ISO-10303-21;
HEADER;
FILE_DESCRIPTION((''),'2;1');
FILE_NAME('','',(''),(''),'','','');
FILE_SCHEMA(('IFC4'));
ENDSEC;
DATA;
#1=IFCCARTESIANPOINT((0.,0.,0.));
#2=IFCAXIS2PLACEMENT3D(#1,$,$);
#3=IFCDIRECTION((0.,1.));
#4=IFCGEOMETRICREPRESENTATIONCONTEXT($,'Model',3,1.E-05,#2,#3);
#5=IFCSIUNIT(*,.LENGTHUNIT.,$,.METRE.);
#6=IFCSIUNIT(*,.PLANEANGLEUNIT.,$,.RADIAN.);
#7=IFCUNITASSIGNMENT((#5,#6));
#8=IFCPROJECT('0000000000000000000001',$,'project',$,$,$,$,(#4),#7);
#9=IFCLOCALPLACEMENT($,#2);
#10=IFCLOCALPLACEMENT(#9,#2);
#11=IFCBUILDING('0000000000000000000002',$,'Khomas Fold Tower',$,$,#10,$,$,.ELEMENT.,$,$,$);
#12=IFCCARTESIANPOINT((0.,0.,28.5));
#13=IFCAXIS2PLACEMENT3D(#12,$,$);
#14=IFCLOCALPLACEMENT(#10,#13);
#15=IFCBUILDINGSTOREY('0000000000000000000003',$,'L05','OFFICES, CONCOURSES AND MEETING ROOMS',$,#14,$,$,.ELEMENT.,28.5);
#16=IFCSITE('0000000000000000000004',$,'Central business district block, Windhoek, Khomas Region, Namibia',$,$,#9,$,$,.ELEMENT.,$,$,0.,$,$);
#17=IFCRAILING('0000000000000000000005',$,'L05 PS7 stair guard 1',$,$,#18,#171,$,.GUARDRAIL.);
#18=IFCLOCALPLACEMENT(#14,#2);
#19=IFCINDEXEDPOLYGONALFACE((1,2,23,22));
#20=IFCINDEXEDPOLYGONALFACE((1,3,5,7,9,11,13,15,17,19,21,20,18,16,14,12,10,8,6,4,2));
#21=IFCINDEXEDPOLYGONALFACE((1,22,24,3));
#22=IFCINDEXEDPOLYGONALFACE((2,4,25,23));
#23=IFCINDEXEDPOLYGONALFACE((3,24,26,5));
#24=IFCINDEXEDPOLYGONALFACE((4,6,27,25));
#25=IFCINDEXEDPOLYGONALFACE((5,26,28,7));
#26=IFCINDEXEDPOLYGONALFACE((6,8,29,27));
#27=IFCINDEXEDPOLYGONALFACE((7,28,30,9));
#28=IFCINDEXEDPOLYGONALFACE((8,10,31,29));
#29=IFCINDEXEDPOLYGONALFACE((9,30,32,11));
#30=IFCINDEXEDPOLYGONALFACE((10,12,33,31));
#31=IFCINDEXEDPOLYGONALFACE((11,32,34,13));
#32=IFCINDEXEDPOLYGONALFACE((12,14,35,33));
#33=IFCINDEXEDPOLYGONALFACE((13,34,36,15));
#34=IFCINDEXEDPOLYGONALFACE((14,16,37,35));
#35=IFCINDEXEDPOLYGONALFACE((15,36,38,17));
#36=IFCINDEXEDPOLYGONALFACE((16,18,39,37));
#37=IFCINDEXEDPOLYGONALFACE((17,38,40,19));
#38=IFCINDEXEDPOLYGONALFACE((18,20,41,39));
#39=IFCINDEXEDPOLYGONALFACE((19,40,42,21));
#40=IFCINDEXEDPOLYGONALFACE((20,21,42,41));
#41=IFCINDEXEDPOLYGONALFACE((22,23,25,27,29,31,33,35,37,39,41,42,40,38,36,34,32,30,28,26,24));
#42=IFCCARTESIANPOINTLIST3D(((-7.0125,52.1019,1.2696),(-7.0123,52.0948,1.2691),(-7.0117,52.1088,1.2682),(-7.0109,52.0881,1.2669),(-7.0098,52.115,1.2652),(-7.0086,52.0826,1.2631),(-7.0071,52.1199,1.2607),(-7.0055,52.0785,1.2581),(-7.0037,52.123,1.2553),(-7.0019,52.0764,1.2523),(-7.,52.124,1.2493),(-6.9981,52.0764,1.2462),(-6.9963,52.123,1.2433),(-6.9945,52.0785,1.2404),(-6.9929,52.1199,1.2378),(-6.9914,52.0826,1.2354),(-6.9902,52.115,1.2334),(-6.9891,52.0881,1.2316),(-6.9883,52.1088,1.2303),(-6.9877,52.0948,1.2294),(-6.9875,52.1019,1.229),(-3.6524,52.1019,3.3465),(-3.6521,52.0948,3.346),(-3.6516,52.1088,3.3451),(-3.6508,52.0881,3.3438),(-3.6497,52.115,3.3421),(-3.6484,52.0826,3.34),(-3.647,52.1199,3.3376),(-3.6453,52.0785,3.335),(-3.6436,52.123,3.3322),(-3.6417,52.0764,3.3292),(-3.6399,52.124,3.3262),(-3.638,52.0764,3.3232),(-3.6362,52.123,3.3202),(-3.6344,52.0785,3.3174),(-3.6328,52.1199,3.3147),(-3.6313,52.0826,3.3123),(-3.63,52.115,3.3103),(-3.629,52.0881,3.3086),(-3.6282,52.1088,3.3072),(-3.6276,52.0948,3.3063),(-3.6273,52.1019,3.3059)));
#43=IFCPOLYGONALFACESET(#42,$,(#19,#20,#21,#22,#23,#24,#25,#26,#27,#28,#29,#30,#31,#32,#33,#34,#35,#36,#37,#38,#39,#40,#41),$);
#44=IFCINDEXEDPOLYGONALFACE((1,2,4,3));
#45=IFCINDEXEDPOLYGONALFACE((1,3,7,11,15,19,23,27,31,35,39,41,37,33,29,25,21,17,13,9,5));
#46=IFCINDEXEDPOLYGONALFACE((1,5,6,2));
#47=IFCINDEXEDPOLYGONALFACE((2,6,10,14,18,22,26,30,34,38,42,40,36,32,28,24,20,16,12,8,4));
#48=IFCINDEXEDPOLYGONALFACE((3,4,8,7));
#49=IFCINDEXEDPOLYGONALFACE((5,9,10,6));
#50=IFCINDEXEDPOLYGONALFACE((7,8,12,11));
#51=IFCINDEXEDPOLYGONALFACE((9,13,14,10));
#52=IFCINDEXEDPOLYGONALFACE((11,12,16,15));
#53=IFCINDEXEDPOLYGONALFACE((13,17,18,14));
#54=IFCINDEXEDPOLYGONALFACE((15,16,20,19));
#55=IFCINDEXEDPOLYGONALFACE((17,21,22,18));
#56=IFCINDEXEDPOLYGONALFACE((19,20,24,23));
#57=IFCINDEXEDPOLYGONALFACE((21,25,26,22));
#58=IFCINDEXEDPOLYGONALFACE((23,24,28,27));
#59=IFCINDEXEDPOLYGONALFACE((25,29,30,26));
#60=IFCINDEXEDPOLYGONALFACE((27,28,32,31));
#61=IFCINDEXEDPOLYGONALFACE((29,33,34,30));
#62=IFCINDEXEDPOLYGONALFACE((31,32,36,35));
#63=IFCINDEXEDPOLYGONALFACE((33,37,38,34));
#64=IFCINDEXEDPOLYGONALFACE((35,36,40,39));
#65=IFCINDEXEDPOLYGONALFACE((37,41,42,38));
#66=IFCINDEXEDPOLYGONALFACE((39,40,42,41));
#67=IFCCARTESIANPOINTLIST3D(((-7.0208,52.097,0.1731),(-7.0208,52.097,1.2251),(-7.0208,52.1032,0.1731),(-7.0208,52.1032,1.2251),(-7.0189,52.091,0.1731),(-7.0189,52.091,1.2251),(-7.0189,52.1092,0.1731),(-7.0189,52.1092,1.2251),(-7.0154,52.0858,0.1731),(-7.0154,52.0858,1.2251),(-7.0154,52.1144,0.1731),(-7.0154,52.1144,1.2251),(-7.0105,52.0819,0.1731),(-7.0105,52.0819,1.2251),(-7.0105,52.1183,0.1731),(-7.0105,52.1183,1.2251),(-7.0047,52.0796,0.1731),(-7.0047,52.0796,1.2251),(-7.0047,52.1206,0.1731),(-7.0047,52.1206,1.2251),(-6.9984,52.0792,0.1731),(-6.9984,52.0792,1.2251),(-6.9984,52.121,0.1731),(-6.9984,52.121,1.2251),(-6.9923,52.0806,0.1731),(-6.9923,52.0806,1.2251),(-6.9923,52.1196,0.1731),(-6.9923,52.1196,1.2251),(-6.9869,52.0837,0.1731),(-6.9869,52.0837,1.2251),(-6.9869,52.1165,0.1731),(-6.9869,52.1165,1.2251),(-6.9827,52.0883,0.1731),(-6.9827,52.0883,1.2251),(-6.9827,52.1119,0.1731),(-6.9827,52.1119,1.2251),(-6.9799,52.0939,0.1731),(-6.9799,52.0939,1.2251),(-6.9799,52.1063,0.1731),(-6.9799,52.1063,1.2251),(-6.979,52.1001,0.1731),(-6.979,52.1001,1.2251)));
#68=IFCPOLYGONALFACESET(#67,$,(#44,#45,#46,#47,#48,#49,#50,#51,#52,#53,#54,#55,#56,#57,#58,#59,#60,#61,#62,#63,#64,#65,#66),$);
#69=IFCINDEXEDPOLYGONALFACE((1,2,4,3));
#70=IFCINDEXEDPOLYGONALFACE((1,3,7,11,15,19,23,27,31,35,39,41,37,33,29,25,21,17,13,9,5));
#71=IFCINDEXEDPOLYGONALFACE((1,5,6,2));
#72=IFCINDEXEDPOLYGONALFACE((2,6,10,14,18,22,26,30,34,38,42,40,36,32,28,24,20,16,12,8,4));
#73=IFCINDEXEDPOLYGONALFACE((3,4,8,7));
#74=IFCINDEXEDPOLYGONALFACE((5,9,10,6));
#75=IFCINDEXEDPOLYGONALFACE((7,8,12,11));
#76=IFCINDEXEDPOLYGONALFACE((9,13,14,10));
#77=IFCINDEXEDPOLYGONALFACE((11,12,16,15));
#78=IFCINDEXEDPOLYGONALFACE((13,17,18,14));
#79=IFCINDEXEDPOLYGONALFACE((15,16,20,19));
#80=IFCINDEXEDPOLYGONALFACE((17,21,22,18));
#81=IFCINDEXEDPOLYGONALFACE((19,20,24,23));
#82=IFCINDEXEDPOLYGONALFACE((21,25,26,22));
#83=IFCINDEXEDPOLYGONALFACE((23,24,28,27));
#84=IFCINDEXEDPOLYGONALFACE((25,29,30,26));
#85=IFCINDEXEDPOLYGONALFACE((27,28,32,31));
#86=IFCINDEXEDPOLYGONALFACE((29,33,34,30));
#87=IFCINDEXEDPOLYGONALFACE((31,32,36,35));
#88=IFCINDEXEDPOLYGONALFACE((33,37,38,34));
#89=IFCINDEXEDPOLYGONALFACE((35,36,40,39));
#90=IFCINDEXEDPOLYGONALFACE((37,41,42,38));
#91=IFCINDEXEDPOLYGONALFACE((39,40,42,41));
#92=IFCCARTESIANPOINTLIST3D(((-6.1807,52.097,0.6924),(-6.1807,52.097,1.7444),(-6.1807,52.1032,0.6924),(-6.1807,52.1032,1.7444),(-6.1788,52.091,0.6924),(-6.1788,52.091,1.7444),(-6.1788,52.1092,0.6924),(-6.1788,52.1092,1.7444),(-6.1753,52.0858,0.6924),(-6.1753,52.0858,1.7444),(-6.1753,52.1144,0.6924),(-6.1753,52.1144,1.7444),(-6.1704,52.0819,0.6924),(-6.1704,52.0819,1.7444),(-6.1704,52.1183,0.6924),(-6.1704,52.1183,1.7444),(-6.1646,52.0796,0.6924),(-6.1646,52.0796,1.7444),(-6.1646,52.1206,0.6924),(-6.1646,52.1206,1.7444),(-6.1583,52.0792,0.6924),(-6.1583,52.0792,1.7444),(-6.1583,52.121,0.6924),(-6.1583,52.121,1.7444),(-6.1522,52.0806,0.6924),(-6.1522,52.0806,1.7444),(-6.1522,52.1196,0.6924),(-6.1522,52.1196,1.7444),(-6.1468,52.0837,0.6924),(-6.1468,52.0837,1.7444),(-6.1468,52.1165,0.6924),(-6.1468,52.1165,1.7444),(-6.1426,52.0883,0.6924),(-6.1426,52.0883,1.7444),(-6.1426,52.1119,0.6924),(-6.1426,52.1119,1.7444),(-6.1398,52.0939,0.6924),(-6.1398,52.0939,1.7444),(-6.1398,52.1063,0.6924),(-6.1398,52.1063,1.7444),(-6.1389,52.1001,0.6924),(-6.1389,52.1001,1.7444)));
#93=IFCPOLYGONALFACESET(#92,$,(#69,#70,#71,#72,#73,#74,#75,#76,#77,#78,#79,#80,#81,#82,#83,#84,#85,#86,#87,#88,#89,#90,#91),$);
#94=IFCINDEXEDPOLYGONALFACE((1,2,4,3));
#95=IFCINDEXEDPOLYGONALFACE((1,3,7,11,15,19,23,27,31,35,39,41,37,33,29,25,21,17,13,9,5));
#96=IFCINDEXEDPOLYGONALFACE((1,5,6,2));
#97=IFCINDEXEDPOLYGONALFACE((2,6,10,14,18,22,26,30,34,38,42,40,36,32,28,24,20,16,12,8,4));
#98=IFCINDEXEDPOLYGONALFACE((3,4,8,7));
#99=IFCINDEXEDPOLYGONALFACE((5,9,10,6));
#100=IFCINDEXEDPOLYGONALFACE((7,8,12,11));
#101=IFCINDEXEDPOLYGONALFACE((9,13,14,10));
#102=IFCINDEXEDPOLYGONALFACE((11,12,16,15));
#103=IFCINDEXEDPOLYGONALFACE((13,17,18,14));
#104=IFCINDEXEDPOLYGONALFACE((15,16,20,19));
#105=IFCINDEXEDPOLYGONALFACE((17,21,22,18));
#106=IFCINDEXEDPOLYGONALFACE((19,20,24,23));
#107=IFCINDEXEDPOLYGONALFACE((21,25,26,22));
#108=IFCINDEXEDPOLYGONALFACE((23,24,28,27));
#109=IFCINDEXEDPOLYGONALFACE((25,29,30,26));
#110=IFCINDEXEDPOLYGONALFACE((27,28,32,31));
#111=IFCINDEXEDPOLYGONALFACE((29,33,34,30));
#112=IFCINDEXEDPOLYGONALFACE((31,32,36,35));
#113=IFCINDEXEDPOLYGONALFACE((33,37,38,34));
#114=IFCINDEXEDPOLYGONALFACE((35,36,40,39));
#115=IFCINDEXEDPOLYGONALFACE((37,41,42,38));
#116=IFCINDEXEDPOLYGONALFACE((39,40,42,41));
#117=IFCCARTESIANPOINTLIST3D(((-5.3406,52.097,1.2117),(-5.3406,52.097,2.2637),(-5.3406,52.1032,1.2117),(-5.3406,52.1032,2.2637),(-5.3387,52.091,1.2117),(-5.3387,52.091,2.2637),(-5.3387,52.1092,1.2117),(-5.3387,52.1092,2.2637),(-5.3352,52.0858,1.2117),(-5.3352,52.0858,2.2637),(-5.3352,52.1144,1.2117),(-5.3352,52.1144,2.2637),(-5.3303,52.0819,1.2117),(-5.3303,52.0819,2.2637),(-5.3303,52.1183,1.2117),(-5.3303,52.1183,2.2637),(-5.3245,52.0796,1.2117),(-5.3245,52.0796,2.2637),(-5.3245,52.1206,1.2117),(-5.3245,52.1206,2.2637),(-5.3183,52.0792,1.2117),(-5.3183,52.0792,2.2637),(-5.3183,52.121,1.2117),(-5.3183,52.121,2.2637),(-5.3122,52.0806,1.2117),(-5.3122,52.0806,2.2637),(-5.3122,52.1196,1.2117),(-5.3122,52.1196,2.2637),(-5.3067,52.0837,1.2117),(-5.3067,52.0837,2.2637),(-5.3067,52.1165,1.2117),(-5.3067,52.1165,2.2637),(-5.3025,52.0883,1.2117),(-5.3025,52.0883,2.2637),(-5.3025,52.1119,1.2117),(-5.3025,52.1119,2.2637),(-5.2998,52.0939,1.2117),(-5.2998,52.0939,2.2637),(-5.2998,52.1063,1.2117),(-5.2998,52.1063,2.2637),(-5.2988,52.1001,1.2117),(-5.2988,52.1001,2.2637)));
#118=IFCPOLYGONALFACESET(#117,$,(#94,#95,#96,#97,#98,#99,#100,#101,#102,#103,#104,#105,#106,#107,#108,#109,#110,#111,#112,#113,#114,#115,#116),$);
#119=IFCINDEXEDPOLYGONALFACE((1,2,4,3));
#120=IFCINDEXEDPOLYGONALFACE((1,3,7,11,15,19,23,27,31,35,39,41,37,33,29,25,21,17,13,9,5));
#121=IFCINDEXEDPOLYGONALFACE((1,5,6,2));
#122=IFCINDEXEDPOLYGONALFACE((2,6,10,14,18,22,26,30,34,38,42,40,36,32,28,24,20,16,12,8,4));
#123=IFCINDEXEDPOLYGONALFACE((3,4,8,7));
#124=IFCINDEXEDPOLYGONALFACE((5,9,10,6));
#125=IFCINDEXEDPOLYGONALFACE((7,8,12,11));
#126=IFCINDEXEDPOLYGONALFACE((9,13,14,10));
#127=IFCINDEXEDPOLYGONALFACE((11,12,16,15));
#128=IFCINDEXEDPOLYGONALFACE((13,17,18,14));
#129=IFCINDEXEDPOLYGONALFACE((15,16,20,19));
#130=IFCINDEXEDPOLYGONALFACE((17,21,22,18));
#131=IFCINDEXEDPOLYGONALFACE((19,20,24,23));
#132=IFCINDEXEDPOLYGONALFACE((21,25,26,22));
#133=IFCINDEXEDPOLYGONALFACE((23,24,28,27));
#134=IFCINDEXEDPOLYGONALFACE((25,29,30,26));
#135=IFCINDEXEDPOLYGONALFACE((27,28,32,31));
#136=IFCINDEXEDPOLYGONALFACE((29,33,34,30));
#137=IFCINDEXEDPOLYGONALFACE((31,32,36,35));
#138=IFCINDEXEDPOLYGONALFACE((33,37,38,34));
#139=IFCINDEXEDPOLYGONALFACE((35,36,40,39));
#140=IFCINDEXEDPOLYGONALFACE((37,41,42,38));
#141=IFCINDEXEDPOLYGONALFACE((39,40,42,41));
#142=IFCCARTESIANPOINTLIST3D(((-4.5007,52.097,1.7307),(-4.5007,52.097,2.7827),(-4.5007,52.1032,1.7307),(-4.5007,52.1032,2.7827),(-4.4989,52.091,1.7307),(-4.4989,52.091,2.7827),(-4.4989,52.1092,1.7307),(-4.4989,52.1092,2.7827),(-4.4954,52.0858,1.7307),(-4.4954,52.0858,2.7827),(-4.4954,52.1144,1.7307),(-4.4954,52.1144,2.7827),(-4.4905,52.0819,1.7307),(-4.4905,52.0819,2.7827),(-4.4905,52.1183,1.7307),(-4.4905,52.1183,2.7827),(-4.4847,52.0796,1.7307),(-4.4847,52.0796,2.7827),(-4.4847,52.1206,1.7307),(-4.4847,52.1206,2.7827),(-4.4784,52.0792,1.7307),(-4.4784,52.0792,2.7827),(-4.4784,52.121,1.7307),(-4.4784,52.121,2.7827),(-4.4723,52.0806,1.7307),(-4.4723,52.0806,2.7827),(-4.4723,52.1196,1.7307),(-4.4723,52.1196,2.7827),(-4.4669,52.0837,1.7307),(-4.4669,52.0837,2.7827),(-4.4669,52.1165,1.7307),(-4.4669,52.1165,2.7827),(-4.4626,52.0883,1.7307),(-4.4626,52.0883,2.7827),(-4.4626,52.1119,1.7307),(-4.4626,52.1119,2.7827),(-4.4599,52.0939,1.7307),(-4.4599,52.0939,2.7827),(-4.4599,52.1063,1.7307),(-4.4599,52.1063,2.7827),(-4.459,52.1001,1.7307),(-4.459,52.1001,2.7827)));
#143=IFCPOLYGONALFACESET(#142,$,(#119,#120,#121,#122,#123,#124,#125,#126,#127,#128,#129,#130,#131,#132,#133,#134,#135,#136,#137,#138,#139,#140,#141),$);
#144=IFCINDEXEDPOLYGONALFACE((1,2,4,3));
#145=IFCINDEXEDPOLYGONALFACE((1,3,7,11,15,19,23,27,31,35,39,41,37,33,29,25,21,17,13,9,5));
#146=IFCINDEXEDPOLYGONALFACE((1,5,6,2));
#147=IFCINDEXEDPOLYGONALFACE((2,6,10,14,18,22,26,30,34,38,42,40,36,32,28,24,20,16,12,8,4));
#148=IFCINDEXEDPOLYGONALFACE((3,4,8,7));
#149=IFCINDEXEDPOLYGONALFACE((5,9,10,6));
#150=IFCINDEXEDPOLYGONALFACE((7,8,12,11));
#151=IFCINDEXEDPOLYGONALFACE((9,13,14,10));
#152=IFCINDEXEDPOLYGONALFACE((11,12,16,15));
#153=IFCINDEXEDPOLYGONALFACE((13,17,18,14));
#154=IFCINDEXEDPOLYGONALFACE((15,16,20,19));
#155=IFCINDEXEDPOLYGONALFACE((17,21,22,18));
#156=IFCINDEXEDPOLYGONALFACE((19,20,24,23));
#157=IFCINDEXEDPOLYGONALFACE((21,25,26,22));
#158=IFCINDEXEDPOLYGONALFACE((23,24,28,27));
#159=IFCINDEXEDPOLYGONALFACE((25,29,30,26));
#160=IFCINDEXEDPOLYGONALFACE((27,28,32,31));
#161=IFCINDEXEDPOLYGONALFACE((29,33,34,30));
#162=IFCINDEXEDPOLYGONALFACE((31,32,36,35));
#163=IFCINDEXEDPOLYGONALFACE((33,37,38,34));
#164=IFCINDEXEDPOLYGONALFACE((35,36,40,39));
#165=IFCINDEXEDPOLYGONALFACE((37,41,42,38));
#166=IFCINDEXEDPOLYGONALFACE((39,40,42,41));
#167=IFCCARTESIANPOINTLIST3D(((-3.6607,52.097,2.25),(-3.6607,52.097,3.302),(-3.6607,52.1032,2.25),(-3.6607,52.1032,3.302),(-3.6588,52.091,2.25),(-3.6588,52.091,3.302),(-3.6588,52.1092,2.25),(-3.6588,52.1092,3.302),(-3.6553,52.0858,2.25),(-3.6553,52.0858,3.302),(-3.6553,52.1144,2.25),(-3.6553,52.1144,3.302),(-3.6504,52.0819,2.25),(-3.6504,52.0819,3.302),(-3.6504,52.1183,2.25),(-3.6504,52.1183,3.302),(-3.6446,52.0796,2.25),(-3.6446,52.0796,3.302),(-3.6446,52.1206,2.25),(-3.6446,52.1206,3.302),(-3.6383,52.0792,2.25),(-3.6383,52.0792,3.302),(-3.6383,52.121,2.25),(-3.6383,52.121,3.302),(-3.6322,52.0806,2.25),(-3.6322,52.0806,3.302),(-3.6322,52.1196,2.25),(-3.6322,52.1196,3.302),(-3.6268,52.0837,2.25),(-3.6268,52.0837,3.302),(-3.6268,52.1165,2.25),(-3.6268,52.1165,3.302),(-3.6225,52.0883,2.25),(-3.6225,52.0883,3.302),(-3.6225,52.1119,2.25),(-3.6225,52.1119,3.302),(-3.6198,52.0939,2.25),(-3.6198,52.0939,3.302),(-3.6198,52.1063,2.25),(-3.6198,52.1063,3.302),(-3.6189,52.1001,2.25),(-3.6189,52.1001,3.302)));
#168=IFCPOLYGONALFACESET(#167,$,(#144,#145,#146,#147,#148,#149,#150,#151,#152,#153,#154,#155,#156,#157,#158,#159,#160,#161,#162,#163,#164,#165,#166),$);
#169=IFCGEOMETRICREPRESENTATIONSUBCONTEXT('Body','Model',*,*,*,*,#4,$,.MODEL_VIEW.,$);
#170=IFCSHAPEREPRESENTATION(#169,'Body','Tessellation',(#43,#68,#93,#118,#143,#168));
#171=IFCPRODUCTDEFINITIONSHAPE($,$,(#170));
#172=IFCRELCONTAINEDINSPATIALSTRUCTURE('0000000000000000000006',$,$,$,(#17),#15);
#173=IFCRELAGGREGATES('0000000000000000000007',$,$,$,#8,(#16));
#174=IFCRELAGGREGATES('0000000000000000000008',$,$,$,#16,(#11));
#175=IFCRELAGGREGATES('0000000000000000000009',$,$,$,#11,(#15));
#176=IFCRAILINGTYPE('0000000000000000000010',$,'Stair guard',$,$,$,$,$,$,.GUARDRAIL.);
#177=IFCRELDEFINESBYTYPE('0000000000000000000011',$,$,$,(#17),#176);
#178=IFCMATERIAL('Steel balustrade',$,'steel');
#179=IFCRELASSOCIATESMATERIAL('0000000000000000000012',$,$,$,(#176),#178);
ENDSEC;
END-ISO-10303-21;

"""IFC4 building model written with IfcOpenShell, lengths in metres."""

from ifc_helpers import new_model, si_unit, direction, frame, origin, origin_2d, place, context, subcontext, project, spatial, circle, extrude, source, transform, mapped, material, type_object, element, save


model = new_model("IFC4")

# Units and contexts
model_context = context("Model", 3, precision=1e-05, world=origin(), true_north=direction((0.0, 1.0)))
body_context = subcontext(model_context, "Body", "Model", "MODEL_VIEW")
ifc_project = project(units=[si_unit("LENGTHUNIT", "METRE"), si_unit("PLANEANGLEUNIT", "RADIAN")], contexts=[model_context])

# Site, building, storey
site_placement = place(None, origin())
site = spatial("IfcSite", under=ifc_project, at=site_placement, Name="Central business district block, Windhoek, Khomas Region, Namibia", CompositionType="ELEMENT", RefElevation=0.0)
building_placement = place(site_placement, origin())
building = spatial("IfcBuilding", under=site, at=building_placement, Name="Khomas Fold Tower", CompositionType="ELEMENT")
storey_placement = place(building_placement, frame((0.0, 0.0, 28.5)))
storey = spatial("IfcBuildingStorey", under=building, at=storey_placement, Name="L05", Description="OFFICES, CONCOURSES AND MEETING ROOMS", CompositionType="ELEMENT", Elevation=28.5)

# Railing
ifc_material_1 = material(Name="Steel balustrade", Category="steel")
railing_type_1 = type_object("IfcRailingType", Name="Stair guard", PredefinedType="GUARDRAIL", material=ifc_material_1)
shared_shape_1 = source(origin(), body_context, "Body", "SweptSolid", [
    extrude(circle(Radius=0.0239, at=origin_2d()), frame((0.0, 0.0, 1.0762), z_axis=(0.850623, 0.0, 0.525776), x_axis=(0.0, 1.0, 0.0)), (0.0, 0.0, 1.0), 3.9502),
    extrude(circle(Radius=0.021, at=origin_2d()), origin(), (0.0, 0.0, 1.0), 1.052),
    extrude(circle(Radius=0.021, at=origin_2d()), frame((0.8401, 0.0, 0.5193)), (0.0, 0.0, 1.0), 1.052),
    extrude(circle(Radius=0.021, at=origin_2d()), frame((1.6802, 0.0, 1.0386)), (0.0, 0.0, 1.0), 1.052),
    extrude(circle(Radius=0.021, at=origin_2d()), frame((2.52, 0.0, 1.5576)), (0.0, 0.0, 1.0), 1.052),
    extrude(circle(Radius=0.021, at=origin_2d()), frame((3.3601, 0.0, 2.0769)), (0.0, 0.0, 1.0), 1.052),
])
railing_1_placement = place(storey_placement, frame((-7.0, 52.1001, 0.1731)))
element("IfcRailing", 1, at=railing_1_placement, inside=storey, type_object=railing_type_1, Name="L05 PS7 stair guard 1", PredefinedType="GUARDRAIL", context=body_context, shape_type="MappedRepresentation", body=[
    mapped(shared_shape_1, transform((0.0, 0.0, 0.0))),
])

save(model, "model.ifc")
